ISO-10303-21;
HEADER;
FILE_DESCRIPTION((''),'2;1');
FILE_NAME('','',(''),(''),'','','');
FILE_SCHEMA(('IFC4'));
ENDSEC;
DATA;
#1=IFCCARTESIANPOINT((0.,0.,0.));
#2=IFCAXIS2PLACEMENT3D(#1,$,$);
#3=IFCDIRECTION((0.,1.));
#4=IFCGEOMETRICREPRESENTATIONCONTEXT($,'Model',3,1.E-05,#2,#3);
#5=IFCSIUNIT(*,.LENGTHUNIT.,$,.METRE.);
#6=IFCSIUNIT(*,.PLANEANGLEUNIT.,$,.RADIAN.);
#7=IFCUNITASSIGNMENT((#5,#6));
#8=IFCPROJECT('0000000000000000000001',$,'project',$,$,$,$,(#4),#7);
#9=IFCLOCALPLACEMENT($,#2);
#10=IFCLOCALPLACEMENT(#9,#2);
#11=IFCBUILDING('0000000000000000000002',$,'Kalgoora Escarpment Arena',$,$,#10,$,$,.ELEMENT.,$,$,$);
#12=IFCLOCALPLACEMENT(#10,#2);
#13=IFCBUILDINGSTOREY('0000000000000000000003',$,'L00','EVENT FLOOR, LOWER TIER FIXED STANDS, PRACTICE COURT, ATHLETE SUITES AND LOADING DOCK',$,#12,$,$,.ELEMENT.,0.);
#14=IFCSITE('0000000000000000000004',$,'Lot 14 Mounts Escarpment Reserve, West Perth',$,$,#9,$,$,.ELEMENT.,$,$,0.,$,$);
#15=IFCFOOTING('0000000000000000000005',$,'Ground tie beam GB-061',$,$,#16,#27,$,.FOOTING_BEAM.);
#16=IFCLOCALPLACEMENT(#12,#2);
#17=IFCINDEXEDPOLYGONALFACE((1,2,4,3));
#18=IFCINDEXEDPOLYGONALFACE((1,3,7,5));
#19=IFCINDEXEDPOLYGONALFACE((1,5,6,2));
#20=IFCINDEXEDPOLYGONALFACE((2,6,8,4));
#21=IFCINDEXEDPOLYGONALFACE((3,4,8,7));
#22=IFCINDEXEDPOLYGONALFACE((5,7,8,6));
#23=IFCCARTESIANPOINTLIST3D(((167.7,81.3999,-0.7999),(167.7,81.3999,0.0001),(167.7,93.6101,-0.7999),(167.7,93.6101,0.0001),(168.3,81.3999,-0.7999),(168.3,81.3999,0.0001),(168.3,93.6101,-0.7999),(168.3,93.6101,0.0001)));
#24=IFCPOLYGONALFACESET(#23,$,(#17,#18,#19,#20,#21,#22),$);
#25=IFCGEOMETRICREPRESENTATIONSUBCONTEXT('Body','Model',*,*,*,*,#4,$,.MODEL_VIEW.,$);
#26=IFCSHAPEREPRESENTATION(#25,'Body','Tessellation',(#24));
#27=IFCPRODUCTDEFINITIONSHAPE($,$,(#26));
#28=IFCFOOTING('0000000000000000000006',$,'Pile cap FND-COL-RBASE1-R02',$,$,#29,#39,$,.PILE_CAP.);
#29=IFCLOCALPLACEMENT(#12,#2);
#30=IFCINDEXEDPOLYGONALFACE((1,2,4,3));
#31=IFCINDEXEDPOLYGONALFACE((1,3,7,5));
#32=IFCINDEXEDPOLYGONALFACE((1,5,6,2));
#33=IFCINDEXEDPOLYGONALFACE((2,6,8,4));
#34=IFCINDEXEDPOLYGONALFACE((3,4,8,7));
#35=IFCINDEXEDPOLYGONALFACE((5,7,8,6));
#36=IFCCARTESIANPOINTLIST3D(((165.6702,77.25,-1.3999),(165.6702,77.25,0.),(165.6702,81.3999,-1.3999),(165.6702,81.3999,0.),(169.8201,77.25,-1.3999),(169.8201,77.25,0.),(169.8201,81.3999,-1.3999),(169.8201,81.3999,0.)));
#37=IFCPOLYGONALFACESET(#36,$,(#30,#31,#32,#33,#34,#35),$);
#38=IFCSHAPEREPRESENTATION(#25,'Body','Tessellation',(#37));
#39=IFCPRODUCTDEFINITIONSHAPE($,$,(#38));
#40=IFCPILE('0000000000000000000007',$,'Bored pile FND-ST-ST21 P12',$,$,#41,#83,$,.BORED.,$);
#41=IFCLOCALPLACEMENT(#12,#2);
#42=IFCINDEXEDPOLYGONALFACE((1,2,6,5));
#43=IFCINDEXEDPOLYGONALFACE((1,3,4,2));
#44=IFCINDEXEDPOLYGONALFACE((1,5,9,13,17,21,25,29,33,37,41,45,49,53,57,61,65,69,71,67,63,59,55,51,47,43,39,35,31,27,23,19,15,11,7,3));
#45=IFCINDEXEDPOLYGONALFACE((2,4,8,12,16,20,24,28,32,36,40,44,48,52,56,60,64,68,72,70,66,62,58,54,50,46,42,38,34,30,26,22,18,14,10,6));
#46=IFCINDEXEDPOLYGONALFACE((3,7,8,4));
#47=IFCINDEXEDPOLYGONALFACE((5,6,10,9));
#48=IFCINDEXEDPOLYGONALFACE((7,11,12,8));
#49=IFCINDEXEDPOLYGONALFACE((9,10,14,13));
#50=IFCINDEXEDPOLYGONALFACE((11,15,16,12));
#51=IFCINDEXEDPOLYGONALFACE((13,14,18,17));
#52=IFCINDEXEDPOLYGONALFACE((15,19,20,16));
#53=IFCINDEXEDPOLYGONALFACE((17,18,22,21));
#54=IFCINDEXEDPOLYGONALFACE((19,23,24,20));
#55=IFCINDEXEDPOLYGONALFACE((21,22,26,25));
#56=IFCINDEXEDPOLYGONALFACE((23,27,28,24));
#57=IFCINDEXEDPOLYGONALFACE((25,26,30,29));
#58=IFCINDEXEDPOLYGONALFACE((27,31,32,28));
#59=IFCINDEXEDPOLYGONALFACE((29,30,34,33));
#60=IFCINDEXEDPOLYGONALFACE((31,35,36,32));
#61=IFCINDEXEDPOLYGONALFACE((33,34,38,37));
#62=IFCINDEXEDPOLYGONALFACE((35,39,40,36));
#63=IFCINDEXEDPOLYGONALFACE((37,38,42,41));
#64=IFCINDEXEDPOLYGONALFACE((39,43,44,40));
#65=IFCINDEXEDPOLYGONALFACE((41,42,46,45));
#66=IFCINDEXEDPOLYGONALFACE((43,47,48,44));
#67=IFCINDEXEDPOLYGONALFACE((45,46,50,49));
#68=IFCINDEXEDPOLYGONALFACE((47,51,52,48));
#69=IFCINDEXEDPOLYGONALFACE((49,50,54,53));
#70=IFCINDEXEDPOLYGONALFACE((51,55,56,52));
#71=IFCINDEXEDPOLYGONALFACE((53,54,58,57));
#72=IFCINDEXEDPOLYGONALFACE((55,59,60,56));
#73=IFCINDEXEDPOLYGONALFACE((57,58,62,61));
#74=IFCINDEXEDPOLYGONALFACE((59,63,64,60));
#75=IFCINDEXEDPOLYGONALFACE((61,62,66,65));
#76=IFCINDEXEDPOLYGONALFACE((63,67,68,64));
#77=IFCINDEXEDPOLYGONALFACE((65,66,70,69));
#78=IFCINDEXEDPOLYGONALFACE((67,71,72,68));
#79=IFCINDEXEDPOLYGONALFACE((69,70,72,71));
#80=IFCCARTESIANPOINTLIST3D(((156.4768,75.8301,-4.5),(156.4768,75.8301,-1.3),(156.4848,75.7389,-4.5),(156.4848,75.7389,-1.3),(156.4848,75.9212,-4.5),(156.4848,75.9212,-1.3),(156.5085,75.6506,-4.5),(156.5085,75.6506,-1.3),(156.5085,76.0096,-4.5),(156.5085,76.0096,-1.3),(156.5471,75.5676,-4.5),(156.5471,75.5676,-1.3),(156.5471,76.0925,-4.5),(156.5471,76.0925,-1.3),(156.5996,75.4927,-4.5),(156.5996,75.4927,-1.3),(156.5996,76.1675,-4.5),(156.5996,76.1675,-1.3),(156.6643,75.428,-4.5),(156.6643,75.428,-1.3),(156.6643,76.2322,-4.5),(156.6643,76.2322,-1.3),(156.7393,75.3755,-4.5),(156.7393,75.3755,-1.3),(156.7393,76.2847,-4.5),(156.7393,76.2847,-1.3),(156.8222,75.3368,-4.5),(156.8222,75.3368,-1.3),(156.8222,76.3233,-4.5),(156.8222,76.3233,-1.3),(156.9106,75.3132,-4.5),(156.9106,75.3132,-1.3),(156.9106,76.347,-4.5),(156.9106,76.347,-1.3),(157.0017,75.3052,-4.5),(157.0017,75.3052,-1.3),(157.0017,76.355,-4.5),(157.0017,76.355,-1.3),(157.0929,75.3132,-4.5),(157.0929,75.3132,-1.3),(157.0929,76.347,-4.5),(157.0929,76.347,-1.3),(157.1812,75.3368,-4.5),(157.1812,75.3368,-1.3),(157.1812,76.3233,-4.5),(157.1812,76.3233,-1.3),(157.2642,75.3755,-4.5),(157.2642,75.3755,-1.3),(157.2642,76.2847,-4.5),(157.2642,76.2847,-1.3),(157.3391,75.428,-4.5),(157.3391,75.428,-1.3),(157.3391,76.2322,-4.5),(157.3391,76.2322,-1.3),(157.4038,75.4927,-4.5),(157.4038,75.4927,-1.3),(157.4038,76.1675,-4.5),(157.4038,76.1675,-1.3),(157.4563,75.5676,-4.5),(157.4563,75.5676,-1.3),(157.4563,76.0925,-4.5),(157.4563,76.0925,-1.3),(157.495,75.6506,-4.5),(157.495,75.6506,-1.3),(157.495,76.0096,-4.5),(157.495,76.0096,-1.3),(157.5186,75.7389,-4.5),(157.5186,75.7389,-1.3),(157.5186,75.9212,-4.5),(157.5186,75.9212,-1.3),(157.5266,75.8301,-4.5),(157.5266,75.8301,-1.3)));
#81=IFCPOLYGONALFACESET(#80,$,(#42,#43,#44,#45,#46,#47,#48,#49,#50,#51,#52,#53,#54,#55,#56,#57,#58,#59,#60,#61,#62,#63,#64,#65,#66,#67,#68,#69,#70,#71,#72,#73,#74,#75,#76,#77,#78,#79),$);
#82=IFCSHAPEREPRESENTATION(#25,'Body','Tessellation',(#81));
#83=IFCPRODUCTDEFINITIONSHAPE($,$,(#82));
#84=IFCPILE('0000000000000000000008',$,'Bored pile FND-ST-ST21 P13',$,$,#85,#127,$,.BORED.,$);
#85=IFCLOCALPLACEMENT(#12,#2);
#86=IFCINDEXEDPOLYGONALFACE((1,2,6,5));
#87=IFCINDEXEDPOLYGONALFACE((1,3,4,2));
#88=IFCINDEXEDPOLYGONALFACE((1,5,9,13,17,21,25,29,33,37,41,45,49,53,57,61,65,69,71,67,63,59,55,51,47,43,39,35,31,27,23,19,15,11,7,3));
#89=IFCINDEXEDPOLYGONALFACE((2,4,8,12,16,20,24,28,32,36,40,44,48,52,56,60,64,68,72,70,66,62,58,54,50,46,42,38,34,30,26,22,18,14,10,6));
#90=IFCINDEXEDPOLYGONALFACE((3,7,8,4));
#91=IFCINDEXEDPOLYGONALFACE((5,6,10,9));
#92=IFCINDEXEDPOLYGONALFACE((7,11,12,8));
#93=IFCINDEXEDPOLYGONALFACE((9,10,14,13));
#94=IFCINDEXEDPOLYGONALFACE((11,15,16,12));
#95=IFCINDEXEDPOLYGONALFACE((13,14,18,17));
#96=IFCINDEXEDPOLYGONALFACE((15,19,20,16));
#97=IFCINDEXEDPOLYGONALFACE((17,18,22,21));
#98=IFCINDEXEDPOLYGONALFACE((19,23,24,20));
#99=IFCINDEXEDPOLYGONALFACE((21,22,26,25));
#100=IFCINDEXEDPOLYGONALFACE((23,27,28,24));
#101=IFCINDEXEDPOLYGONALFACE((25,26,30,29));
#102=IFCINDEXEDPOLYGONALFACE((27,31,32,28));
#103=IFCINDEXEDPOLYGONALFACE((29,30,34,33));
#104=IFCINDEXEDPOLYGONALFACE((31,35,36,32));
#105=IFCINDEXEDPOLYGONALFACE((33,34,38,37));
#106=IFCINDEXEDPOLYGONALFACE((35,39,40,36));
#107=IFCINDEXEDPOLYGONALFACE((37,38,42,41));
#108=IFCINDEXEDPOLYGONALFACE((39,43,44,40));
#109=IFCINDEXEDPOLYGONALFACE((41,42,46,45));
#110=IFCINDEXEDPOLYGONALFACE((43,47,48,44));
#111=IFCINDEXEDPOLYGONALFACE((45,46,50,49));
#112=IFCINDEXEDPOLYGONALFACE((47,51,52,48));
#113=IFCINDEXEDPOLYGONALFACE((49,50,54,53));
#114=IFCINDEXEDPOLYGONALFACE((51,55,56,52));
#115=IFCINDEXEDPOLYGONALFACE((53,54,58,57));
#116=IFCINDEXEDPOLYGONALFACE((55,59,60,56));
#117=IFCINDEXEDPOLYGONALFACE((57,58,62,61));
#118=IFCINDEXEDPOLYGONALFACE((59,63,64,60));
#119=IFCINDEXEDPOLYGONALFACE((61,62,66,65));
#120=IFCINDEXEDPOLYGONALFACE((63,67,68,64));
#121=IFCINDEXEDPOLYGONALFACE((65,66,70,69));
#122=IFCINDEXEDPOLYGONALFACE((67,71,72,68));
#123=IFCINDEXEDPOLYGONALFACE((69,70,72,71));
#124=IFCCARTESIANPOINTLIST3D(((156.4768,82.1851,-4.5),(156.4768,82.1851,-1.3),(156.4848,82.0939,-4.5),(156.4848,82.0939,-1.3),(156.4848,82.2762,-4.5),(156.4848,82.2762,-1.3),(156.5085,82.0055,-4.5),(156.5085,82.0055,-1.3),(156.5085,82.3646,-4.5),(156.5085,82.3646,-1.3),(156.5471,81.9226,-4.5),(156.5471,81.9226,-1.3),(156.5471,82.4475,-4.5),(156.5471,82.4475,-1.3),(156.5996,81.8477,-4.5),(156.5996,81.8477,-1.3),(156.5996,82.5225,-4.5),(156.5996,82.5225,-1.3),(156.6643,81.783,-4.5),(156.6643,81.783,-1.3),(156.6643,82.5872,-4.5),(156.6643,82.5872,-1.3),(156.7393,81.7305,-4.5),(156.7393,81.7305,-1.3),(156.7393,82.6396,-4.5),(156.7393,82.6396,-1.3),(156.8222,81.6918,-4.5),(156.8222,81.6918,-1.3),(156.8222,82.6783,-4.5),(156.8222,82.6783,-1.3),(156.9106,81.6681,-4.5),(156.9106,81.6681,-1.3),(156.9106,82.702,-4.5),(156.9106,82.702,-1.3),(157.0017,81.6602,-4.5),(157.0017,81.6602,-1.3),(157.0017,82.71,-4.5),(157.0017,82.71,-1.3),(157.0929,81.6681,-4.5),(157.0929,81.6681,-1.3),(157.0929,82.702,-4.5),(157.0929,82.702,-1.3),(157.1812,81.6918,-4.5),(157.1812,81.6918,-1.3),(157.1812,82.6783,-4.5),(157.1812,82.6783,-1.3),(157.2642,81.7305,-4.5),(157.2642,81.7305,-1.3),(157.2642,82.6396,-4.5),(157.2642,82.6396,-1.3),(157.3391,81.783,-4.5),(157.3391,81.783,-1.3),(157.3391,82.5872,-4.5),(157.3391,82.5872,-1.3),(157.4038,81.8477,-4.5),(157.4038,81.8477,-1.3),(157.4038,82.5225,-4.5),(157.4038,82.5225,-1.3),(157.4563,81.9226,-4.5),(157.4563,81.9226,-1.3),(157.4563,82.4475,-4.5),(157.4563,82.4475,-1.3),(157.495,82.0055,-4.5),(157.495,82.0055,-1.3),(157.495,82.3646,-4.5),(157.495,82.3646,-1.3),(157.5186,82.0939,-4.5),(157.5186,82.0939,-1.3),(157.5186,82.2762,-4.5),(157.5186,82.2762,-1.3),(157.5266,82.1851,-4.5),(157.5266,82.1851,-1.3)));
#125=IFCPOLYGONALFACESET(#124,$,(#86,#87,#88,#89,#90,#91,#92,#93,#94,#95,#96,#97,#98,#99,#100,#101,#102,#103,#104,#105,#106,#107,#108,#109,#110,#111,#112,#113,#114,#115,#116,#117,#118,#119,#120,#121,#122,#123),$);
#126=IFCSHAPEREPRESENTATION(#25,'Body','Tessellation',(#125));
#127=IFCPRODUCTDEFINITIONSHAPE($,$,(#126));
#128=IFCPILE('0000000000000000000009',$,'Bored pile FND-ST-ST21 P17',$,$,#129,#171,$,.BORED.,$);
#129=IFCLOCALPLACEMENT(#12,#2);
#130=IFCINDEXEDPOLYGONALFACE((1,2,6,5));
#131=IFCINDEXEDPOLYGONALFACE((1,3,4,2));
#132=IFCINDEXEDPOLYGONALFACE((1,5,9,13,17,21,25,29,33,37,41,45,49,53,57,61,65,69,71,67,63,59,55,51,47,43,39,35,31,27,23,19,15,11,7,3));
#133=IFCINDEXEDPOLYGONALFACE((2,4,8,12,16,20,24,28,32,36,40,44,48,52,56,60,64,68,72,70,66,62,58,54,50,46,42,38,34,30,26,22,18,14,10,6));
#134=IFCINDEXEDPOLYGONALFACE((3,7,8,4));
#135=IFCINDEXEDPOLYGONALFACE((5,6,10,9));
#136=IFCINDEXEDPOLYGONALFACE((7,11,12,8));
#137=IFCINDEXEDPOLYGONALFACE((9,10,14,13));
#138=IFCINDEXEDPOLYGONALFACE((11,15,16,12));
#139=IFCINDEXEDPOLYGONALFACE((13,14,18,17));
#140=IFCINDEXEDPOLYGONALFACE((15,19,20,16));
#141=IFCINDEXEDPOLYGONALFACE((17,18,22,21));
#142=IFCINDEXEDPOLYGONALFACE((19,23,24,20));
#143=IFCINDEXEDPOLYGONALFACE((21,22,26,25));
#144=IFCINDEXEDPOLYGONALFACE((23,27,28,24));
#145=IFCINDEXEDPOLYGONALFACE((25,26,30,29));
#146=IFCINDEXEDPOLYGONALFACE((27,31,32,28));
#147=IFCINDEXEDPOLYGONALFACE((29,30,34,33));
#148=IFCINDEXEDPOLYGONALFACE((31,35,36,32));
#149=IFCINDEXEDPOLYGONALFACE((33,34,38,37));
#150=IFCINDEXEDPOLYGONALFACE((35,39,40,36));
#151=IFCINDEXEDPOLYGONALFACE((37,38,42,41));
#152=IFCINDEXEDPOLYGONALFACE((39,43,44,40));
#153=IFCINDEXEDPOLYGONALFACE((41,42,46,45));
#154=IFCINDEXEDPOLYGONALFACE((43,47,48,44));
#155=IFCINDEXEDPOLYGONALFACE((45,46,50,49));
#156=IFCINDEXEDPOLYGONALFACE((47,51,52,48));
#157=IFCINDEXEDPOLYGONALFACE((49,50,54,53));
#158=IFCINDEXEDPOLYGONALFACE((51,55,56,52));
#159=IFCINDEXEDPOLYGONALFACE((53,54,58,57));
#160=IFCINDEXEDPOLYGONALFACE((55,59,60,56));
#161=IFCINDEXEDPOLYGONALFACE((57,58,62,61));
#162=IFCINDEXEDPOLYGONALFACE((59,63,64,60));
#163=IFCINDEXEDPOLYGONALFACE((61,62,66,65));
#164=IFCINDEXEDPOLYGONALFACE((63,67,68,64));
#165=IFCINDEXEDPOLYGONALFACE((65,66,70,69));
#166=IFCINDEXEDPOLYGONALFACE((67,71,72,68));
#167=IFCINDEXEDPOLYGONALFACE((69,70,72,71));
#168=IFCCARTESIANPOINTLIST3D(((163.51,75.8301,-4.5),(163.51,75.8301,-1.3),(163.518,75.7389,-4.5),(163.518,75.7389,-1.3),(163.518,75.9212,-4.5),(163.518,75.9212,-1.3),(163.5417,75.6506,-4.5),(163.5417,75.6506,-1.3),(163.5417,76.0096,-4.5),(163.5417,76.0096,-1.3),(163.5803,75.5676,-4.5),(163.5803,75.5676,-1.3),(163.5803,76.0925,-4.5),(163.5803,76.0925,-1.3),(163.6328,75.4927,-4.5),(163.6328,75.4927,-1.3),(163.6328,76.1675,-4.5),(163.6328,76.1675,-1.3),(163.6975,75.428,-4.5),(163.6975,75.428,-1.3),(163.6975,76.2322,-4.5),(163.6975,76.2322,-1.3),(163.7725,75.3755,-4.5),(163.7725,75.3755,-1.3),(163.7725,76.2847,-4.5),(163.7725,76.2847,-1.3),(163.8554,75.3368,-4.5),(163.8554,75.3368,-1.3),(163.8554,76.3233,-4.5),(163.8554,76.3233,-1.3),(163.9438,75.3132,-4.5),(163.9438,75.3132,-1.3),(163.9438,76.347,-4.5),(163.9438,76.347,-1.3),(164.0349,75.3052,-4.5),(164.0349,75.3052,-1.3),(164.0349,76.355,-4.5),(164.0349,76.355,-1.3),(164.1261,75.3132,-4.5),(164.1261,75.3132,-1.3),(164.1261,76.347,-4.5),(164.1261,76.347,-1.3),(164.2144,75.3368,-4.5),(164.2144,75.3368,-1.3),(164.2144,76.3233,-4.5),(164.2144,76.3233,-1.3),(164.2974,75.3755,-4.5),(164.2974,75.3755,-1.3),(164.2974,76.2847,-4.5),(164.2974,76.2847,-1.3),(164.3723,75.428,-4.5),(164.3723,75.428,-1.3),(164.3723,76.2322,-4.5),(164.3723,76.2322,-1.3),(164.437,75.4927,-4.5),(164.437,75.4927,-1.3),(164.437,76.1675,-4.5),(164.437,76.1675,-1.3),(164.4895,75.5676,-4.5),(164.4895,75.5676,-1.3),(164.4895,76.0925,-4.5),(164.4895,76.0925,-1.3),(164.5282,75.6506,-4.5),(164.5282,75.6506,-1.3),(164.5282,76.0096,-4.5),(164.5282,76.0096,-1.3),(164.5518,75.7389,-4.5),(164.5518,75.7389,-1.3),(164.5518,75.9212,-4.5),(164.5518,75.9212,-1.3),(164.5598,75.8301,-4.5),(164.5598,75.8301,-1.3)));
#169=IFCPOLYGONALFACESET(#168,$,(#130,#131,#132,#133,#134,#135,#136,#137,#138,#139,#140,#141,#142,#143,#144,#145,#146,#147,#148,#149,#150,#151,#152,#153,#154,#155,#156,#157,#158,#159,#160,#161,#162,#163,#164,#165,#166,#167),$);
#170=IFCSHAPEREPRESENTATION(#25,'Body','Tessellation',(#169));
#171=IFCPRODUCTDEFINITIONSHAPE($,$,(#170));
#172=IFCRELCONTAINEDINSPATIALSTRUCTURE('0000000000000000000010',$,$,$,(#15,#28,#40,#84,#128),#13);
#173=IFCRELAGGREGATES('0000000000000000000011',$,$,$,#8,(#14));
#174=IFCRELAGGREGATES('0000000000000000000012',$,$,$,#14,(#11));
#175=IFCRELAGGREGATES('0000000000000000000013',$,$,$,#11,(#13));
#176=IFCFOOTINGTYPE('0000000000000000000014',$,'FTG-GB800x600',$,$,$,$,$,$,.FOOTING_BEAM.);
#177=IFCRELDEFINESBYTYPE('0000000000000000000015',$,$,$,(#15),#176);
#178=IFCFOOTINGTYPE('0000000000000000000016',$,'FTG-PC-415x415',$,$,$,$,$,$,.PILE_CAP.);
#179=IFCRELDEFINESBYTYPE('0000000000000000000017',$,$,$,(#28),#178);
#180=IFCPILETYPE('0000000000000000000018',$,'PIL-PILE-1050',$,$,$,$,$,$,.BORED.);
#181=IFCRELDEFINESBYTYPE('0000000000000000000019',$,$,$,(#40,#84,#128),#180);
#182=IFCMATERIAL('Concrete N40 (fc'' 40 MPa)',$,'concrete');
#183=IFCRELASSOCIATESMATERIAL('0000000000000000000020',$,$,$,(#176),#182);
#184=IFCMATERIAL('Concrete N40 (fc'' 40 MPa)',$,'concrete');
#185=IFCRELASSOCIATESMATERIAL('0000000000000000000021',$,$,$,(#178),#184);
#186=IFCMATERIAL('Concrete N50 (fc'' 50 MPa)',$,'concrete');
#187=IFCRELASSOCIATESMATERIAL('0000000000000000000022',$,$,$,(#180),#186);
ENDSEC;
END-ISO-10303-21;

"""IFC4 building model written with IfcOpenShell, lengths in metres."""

from ifc_helpers import new_model, si_unit, direction, frame, origin, origin_2d, place, context, subcontext, project, spatial, rectangle, circle, extrude, material, material_profile, profile_set, type_object, element, save


model = new_model("IFC4")

# Units and contexts
model_context = context("Model", 3, precision=1e-05, world=origin(), true_north=direction((0.0, 1.0)))
body_context = subcontext(model_context, "Body", "Model", "MODEL_VIEW")
ifc_project = project(units=[si_unit("LENGTHUNIT", "METRE"), si_unit("PLANEANGLEUNIT", "RADIAN")], contexts=[model_context])

# Site, building, storey
site_placement = place(None, origin())
site = spatial("IfcSite", under=ifc_project, at=site_placement, Name="Lot 14 Mounts Escarpment Reserve, West Perth", CompositionType="ELEMENT", RefElevation=0.0)
building_placement = place(site_placement, origin())
building = spatial("IfcBuilding", under=site, at=building_placement, Name="Kalgoora Escarpment Arena", CompositionType="ELEMENT")
storey_placement = place(building_placement, origin())
storey = spatial("IfcBuildingStorey", under=building, at=storey_placement, Name="L00", Description="EVENT FLOOR, LOWER TIER FIXED STANDS, PRACTICE COURT, ATHLETE SUITES AND LOADING DOCK", CompositionType="ELEMENT", Elevation=0.0)

# Footings
ifc_material_1 = material(Name="Concrete N40 (fc' 40 MPa)", Category="concrete")
ifc_material_profile_1 = material_profile(ifc_material_1, rectangle(XDim=0.6001, YDim=0.8, at=origin_2d()))
ifc_profile_set_1 = profile_set([ifc_material_profile_1], Name="Concrete N40 (fc' 40 MPa)")
footing_type_1 = type_object("IfcFootingType", Name="FTG-GB800x600", PredefinedType="FOOTING_BEAM", material=ifc_profile_set_1)
footing_1_placement = place(storey_placement, frame((168.0, 81.3999, -0.3999), z_axis=(0.0, 1.0, 0.0), x_axis=(-1.0, 0.0, 0.0)))
element("IfcFooting", 1, at=footing_1_placement, inside=storey, type_object=footing_type_1, Name="Ground tie beam GB-061", PredefinedType="FOOTING_BEAM", context=body_context, shape_type="SweptSolid", body=[
    extrude(rectangle(XDim=0.6001, YDim=0.8, at=origin_2d()), origin(), (0.0, 0.0, 1.0), 12.2102),
])
ifc_material_2 = material(Name="Concrete N40 (fc' 40 MPa)", Category="concrete")
footing_type_2 = type_object("IfcFootingType", Name="FTG-PC-415x415", PredefinedType="PILE_CAP", material=ifc_material_2)
footing_2_placement = place(storey_placement, frame((167.7451, 79.325, -1.3999), z_axis=(0.0, 0.0, 1.0), x_axis=(1.0, 0.0, 0.0)))
element("IfcFooting", 2, at=footing_2_placement, inside=storey, type_object=footing_type_2, Name="Pile cap FND-COL-RBASE1-R02", PredefinedType="PILE_CAP", context=body_context, shape_type="SweptSolid", body=[
    extrude(rectangle(XDim=4.1499, YDim=4.1499, at=origin_2d()), origin(), (0.0, 0.0, 1.0), 1.3999),
])

# Piles
ifc_material_3 = material(Name="Concrete N50 (fc' 50 MPa)", Category="concrete")
ifc_material_profile_2 = material_profile(ifc_material_3, circle(Radius=0.5249, at=origin_2d()))
ifc_profile_set_2 = profile_set([ifc_material_profile_2], Name="Concrete N50 (fc' 50 MPa)")
pile_type = type_object("IfcPileType", Name="PIL-PILE-1050", PredefinedType="BORED", material=ifc_profile_set_2)
for number, where, z_axis, x_axis, name in (
    (3, (157.0017, 75.8301, -1.3), (0.0, 0.0, -1.0), (1.0, 0.0, 0.0), "Bored pile FND-ST-ST21 P12"),
    (4, (157.0017, 82.1851, -1.3), (0.0, 0.0, -1.0), (1.0, 0.0, 0.0), "Bored pile FND-ST-ST21 P13"),
    (5, (164.0349, 75.8301, -1.3), (0.0, 0.0, -1.0), (1.0, 0.0, 0.0), "Bored pile FND-ST-ST21 P17"),
):
    element("IfcPile", number, at=place(storey_placement, frame(where, z_axis=z_axis, x_axis=x_axis)), inside=storey, type_object=pile_type, Name=name, PredefinedType="BORED", context=body_context, shape_type="SweptSolid", body=[
        extrude(circle(Radius=0.5249, at=origin_2d()), origin(), (0.0, 0.0, 1.0), 3.2),
    ])

save(model, "model.ifc")
